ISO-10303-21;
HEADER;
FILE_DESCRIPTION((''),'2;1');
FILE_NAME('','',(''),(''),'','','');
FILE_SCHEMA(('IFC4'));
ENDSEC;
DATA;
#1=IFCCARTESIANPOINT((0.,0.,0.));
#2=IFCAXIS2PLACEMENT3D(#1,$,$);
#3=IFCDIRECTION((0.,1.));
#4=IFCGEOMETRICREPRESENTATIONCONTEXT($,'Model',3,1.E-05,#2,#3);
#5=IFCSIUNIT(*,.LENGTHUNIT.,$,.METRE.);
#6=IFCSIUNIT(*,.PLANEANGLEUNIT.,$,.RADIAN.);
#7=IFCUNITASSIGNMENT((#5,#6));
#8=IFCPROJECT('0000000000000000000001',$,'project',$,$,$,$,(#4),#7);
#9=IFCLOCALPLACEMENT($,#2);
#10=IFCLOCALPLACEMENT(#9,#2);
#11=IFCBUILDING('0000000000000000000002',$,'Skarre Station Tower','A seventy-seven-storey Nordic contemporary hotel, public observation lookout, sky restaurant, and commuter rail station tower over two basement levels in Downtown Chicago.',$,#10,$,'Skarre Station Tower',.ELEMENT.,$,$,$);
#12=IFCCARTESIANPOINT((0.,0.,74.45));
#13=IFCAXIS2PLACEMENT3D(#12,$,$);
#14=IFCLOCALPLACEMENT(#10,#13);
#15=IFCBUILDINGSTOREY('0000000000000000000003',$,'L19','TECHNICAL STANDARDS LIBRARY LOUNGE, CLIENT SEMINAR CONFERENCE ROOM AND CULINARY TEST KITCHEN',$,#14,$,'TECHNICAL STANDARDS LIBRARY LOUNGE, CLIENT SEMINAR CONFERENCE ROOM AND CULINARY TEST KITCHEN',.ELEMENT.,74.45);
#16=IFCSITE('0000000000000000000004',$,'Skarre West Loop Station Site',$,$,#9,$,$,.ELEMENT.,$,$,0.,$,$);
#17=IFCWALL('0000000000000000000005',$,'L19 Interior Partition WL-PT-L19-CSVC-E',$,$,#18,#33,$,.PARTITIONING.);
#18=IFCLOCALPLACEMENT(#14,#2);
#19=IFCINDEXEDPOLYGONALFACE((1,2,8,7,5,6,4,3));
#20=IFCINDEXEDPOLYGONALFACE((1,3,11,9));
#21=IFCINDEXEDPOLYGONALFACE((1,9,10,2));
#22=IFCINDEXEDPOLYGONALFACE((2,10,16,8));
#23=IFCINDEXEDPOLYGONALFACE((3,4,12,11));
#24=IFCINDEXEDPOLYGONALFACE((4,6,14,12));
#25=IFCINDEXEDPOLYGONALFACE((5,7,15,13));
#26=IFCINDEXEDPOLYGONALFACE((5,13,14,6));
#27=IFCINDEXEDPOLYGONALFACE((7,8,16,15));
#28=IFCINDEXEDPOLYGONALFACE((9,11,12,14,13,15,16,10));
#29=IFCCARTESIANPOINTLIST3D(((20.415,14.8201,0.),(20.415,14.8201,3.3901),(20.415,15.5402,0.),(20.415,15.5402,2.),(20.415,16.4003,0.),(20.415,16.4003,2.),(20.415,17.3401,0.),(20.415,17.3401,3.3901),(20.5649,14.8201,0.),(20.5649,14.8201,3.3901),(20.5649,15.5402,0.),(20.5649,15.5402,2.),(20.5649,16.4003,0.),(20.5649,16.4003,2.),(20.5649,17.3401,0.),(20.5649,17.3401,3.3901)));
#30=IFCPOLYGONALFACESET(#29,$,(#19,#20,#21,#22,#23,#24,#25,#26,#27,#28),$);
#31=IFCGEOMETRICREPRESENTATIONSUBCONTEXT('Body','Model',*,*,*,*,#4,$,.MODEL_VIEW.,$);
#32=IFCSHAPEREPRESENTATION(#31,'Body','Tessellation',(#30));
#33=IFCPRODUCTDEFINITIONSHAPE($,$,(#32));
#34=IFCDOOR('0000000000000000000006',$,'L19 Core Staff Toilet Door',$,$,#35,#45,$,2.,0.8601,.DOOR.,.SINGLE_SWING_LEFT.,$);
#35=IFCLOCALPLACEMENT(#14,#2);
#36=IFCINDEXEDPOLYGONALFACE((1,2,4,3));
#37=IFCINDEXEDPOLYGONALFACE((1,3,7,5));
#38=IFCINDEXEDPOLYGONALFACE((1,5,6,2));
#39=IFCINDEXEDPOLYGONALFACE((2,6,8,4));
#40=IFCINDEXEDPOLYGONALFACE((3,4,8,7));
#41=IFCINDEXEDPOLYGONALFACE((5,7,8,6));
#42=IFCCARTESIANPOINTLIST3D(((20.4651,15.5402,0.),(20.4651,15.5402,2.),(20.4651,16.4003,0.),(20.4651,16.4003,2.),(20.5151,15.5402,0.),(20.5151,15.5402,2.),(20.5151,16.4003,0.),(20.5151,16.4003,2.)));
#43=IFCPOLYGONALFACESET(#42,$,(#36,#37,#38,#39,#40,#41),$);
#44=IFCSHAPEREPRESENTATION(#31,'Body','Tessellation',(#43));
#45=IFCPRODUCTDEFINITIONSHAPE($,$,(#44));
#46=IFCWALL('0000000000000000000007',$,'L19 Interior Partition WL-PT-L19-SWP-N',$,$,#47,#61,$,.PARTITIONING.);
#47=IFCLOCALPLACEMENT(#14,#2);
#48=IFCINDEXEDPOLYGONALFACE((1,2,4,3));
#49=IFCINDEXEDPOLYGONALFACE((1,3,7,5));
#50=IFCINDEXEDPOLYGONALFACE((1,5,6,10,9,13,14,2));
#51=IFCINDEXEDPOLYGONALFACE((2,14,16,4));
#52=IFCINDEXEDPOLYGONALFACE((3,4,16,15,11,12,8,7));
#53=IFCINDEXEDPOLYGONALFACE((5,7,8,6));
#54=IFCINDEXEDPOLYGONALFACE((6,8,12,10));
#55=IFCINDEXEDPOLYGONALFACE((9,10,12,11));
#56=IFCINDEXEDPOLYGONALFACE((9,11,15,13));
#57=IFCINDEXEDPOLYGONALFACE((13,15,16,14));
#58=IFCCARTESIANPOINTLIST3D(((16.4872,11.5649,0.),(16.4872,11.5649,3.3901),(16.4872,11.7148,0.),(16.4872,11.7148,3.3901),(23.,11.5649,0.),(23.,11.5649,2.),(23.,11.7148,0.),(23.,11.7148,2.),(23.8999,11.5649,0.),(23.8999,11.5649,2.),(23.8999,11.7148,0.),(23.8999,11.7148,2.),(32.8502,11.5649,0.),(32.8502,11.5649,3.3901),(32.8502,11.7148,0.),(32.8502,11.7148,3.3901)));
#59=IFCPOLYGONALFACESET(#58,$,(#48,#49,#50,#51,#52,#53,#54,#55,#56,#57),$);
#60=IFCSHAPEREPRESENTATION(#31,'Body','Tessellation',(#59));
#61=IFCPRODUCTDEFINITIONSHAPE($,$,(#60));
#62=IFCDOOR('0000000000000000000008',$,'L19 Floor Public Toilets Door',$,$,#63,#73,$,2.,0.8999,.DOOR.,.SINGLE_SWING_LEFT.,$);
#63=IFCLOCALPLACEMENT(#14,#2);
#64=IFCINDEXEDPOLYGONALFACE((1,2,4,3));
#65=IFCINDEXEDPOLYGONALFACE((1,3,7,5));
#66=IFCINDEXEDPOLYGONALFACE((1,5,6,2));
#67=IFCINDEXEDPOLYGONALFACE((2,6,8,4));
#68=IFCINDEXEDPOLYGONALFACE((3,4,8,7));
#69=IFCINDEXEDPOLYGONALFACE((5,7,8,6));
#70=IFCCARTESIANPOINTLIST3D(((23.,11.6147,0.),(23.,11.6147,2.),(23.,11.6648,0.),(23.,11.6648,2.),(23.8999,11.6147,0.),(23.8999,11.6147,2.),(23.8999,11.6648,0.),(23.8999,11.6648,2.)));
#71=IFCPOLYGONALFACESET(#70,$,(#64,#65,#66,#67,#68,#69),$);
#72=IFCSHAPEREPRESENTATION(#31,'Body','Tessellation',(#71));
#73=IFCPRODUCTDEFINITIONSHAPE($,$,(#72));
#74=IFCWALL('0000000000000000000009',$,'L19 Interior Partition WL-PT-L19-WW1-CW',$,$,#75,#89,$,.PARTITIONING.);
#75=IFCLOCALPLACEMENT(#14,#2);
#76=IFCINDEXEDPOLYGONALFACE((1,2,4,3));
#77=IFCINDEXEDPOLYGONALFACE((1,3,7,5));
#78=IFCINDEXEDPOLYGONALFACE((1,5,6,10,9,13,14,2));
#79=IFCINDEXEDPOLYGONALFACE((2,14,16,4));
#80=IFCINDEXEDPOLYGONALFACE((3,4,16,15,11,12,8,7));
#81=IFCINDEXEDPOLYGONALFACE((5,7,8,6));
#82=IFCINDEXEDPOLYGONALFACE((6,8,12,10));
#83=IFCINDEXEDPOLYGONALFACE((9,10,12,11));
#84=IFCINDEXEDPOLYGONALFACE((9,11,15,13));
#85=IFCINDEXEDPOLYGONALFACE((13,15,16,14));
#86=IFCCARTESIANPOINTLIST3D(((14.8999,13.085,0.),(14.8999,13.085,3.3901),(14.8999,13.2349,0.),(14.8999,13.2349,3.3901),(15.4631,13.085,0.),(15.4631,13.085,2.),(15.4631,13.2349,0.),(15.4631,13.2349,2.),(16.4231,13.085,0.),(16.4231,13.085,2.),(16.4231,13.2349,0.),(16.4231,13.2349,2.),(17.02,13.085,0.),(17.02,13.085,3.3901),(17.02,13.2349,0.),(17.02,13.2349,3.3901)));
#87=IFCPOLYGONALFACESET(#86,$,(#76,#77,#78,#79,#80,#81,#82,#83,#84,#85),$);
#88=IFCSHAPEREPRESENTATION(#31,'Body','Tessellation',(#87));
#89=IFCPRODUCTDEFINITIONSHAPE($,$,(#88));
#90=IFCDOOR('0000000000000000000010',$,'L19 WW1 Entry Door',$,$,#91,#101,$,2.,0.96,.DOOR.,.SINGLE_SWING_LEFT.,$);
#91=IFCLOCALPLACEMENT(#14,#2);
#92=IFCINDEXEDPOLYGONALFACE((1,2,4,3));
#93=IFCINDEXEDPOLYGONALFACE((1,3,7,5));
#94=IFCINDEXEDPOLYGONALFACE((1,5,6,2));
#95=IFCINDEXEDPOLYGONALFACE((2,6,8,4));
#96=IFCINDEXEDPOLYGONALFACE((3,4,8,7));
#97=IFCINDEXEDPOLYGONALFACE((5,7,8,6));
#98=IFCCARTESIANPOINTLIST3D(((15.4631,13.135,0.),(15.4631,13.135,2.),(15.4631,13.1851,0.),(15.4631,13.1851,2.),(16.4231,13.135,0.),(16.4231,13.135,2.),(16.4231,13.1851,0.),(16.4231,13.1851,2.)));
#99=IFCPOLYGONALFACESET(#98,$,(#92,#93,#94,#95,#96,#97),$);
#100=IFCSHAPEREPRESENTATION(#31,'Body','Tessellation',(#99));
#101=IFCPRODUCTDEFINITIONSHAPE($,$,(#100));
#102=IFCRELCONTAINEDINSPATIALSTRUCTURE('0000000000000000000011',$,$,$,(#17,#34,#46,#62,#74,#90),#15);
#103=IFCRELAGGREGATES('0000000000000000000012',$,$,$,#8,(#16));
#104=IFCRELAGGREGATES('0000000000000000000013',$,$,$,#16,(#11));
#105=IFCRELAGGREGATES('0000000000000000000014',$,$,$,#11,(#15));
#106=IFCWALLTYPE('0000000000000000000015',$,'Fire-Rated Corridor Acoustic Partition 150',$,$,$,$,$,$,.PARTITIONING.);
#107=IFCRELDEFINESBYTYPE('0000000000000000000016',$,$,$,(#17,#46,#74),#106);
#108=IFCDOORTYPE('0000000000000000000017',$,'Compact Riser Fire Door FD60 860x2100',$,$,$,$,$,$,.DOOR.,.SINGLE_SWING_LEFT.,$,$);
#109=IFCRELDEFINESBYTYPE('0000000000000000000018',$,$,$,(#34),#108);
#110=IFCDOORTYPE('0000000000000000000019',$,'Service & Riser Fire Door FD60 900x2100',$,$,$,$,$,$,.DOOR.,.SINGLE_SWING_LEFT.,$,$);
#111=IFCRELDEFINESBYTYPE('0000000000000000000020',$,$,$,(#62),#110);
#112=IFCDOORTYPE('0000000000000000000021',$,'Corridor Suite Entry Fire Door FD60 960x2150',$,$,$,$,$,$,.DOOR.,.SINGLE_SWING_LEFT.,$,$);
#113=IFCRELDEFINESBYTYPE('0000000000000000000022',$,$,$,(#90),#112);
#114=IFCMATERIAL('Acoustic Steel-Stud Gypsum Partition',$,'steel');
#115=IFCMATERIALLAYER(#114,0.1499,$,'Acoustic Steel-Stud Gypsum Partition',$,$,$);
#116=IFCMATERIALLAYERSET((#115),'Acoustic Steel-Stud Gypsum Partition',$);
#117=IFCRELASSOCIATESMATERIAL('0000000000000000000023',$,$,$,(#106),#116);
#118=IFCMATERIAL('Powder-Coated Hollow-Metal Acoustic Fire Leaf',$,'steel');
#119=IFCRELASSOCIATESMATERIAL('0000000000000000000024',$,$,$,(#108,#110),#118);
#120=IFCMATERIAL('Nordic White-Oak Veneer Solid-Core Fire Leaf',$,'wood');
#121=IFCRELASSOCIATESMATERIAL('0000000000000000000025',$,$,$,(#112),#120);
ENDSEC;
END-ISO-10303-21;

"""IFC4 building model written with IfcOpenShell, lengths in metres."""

from ifc_helpers import new_model, si_unit, direction, frame, frame_2d, origin, place, context, subcontext, project, spatial, rectangle, extrude, material, layer, layer_set, type_object, element, fill, save


model = new_model("IFC4")

# Units and contexts
model_context = context("Model", 3, precision=1e-05, world=origin(), true_north=direction((0.0, 1.0)))
body_context = subcontext(model_context, "Body", "Model", "MODEL_VIEW")
ifc_project = project(units=[si_unit("LENGTHUNIT", "METRE"), si_unit("PLANEANGLEUNIT", "RADIAN")], contexts=[model_context])

# Site, building, storey
site_placement = place(None, origin())
site = spatial("IfcSite", under=ifc_project, at=site_placement, Name="Skarre West Loop Station Site", CompositionType="ELEMENT", RefElevation=0.0)
building_placement = place(site_placement, origin())
building = spatial("IfcBuilding", under=site, at=building_placement, Name="Skarre Station Tower", Description="A seventy-seven-storey Nordic contemporary hotel, public observation lookout, sky restaurant, and commuter rail station tower over two basement levels in Downtown Chicago.", LongName="Skarre Station Tower", CompositionType="ELEMENT")
storey_placement = place(building_placement, frame((0.0, 0.0, 74.45)))
storey = spatial("IfcBuildingStorey", under=building, at=storey_placement, Name="L19", Description="TECHNICAL STANDARDS LIBRARY LOUNGE, CLIENT SEMINAR CONFERENCE ROOM AND CULINARY TEST KITCHEN", LongName="TECHNICAL STANDARDS LIBRARY LOUNGE, CLIENT SEMINAR CONFERENCE ROOM AND CULINARY TEST KITCHEN", CompositionType="ELEMENT", Elevation=74.45)

# Shared definitions
ifc_material_1 = material(Name="Acoustic Steel-Stud Gypsum Partition", Category="steel")
ifc_layer_1 = layer(ifc_material_1, 0.1499, Name="Acoustic Steel-Stud Gypsum Partition")
ifc_layer_set_1 = layer_set([ifc_layer_1], Name="Acoustic Steel-Stud Gypsum Partition")
wall_type_1 = type_object("IfcWallType", Name="Fire-Rated Corridor Acoustic Partition 150", PredefinedType="PARTITIONING", material=ifc_layer_set_1)

# Walls, openings, doors
wall_1_placement = place(storey_placement, frame((20.49, 14.8201, 0.0), z_axis=(0.0, 0.0, 1.0), x_axis=(0.0, 1.0, 0.0)))
wall_1 = element("IfcWall", 1, at=wall_1_placement, inside=storey, type_object=wall_type_1, Name="L19 Interior Partition WL-PT-L19-CSVC-E", PredefinedType="PARTITIONING", context=body_context, shape_type="SweptSolid", body=[
    extrude(rectangle(XDim=2.52, YDim=0.1499, at=frame_2d((1.26, 0.0))), origin(), (0.0, 0.0, 1.0), 3.3901),
])
opening_1_placement = place(wall_1_placement, frame((0.72, 0.0, 0.0)))
opening_1 = element("IfcOpeningElement", 2, at=opening_1_placement, cuts=wall_1, PredefinedType="OPENING", context=body_context, shape_type="SweptSolid", body=[
    extrude(rectangle(XDim=0.8601, YDim=2.0, at=frame_2d((0.4302, 1.0))), frame((0.0, 0.085, 0.0), z_axis=(0.0, -1.0, 0.0), x_axis=(1.0, 0.0, 0.0)), (0.0, 0.0, 1.0), 0.1699),
])
ifc_material_2 = material(Name="Powder-Coated Hollow-Metal Acoustic Fire Leaf", Category="steel")
door_type_1 = type_object("IfcDoorType", Name="Compact Riser Fire Door FD60 860x2100", OperationType="SINGLE_SWING_LEFT", PredefinedType="DOOR", material=ifc_material_2)
door_1_placement = place(opening_1_placement, origin())
door_1 = element("IfcDoor", 3, at=door_1_placement, inside=storey, type_object=door_type_1, Name="L19 Core Staff Toilet Door", OperationType="SINGLE_SWING_LEFT", OverallHeight=2.0, OverallWidth=0.8601, PredefinedType="DOOR", context=body_context, shape_type="SweptSolid", body=[
    extrude(rectangle(XDim=0.8601, YDim=2.0, at=frame_2d((0.4302, 1.0))), frame((0.0, 0.0249, 0.0), z_axis=(0.0, -1.0, 0.0), x_axis=(1.0, 0.0, 0.0)), (0.0, 0.0, 1.0), 0.05),
])
fill(opening_1, door_1)
wall_2_placement = place(storey_placement, frame((16.4871, 11.6399, 0.0), z_axis=(0.0, 0.0, 1.0), x_axis=(1.0, 0.0, 0.0)))
wall_2 = element("IfcWall", 4, at=wall_2_placement, inside=storey, type_object=wall_type_1, Name="L19 Interior Partition WL-PT-L19-SWP-N", PredefinedType="PARTITIONING", context=body_context, shape_type="SweptSolid", body=[
    extrude(rectangle(XDim=16.363, YDim=0.1499, at=frame_2d((8.1816, 0.0))), origin(), (0.0, 0.0, 1.0), 3.3901),
])
opening_2_placement = place(wall_2_placement, frame((6.5129, 0.0, 0.0)))
opening_2 = element("IfcOpeningElement", 5, at=opening_2_placement, cuts=wall_2, PredefinedType="OPENING", context=body_context, shape_type="SweptSolid", body=[
    extrude(rectangle(XDim=0.8999, YDim=2.0, at=frame_2d((0.45, 1.0))), frame((0.0, 0.085, 0.0), z_axis=(0.0, -1.0, 0.0), x_axis=(1.0, 0.0, 0.0)), (0.0, 0.0, 1.0), 0.1699),
])
door_type_2 = type_object("IfcDoorType", Name="Service & Riser Fire Door FD60 900x2100", OperationType="SINGLE_SWING_LEFT", PredefinedType="DOOR", material=ifc_material_2)
door_2_placement = place(opening_2_placement, origin())
door_2 = element("IfcDoor", 6, at=door_2_placement, inside=storey, type_object=door_type_2, Name="L19 Floor Public Toilets Door", OperationType="SINGLE_SWING_LEFT", OverallHeight=2.0, OverallWidth=0.8999, PredefinedType="DOOR", context=body_context, shape_type="SweptSolid", body=[
    extrude(rectangle(XDim=0.8999, YDim=2.0, at=frame_2d((0.45, 1.0))), frame((0.0, 0.0249, 0.0), z_axis=(0.0, -1.0, 0.0), x_axis=(1.0, 0.0, 0.0)), (0.0, 0.0, 1.0), 0.05),
])
fill(opening_2, door_2)
wall_3_placement = place(storey_placement, frame((17.02, 13.1599, 0.0), z_axis=(0.0, 0.0, 1.0), x_axis=(-1.0, 0.0, 0.0)))
wall_3 = element("IfcWall", 7, at=wall_3_placement, inside=storey, type_object=wall_type_1, Name="L19 Interior Partition WL-PT-L19-WW1-CW", PredefinedType="PARTITIONING", context=body_context, shape_type="SweptSolid", body=[
    extrude(rectangle(XDim=2.1201, YDim=0.1499, at=frame_2d((1.0601, 0.0))), origin(), (0.0, 0.0, 1.0), 3.3901),
])
opening_3_placement = place(wall_3_placement, frame((0.5969, 0.0, 0.0)))
opening_3 = element("IfcOpeningElement", 8, at=opening_3_placement, cuts=wall_3, PredefinedType="OPENING", context=body_context, shape_type="SweptSolid", body=[
    extrude(rectangle(XDim=0.96, YDim=2.0, at=frame_2d((0.48, 1.0))), frame((0.0, 0.085, 0.0), z_axis=(0.0, -1.0, 0.0), x_axis=(1.0, 0.0, 0.0)), (0.0, 0.0, 1.0), 0.1699),
])
ifc_material_3 = material(Name="Nordic White-Oak Veneer Solid-Core Fire Leaf", Category="wood")
door_type_3 = type_object("IfcDoorType", Name="Corridor Suite Entry Fire Door FD60 960x2150", OperationType="SINGLE_SWING_LEFT", PredefinedType="DOOR", material=ifc_material_3)
door_3_placement = place(opening_3_placement, origin())
door_3 = element("IfcDoor", 9, at=door_3_placement, inside=storey, type_object=door_type_3, Name="L19 WW1 Entry Door", OperationType="SINGLE_SWING_LEFT", OverallHeight=2.0, OverallWidth=0.96, PredefinedType="DOOR", context=body_context, shape_type="SweptSolid", body=[
    extrude(rectangle(XDim=0.96, YDim=2.0, at=frame_2d((0.48, 1.0))), frame((0.0, 0.0249, 0.0), z_axis=(0.0, -1.0, 0.0), x_axis=(1.0, 0.0, 0.0)), (0.0, 0.0, 1.0), 0.05),
])
fill(opening_3, door_3)

save(model, "model.ifc")
